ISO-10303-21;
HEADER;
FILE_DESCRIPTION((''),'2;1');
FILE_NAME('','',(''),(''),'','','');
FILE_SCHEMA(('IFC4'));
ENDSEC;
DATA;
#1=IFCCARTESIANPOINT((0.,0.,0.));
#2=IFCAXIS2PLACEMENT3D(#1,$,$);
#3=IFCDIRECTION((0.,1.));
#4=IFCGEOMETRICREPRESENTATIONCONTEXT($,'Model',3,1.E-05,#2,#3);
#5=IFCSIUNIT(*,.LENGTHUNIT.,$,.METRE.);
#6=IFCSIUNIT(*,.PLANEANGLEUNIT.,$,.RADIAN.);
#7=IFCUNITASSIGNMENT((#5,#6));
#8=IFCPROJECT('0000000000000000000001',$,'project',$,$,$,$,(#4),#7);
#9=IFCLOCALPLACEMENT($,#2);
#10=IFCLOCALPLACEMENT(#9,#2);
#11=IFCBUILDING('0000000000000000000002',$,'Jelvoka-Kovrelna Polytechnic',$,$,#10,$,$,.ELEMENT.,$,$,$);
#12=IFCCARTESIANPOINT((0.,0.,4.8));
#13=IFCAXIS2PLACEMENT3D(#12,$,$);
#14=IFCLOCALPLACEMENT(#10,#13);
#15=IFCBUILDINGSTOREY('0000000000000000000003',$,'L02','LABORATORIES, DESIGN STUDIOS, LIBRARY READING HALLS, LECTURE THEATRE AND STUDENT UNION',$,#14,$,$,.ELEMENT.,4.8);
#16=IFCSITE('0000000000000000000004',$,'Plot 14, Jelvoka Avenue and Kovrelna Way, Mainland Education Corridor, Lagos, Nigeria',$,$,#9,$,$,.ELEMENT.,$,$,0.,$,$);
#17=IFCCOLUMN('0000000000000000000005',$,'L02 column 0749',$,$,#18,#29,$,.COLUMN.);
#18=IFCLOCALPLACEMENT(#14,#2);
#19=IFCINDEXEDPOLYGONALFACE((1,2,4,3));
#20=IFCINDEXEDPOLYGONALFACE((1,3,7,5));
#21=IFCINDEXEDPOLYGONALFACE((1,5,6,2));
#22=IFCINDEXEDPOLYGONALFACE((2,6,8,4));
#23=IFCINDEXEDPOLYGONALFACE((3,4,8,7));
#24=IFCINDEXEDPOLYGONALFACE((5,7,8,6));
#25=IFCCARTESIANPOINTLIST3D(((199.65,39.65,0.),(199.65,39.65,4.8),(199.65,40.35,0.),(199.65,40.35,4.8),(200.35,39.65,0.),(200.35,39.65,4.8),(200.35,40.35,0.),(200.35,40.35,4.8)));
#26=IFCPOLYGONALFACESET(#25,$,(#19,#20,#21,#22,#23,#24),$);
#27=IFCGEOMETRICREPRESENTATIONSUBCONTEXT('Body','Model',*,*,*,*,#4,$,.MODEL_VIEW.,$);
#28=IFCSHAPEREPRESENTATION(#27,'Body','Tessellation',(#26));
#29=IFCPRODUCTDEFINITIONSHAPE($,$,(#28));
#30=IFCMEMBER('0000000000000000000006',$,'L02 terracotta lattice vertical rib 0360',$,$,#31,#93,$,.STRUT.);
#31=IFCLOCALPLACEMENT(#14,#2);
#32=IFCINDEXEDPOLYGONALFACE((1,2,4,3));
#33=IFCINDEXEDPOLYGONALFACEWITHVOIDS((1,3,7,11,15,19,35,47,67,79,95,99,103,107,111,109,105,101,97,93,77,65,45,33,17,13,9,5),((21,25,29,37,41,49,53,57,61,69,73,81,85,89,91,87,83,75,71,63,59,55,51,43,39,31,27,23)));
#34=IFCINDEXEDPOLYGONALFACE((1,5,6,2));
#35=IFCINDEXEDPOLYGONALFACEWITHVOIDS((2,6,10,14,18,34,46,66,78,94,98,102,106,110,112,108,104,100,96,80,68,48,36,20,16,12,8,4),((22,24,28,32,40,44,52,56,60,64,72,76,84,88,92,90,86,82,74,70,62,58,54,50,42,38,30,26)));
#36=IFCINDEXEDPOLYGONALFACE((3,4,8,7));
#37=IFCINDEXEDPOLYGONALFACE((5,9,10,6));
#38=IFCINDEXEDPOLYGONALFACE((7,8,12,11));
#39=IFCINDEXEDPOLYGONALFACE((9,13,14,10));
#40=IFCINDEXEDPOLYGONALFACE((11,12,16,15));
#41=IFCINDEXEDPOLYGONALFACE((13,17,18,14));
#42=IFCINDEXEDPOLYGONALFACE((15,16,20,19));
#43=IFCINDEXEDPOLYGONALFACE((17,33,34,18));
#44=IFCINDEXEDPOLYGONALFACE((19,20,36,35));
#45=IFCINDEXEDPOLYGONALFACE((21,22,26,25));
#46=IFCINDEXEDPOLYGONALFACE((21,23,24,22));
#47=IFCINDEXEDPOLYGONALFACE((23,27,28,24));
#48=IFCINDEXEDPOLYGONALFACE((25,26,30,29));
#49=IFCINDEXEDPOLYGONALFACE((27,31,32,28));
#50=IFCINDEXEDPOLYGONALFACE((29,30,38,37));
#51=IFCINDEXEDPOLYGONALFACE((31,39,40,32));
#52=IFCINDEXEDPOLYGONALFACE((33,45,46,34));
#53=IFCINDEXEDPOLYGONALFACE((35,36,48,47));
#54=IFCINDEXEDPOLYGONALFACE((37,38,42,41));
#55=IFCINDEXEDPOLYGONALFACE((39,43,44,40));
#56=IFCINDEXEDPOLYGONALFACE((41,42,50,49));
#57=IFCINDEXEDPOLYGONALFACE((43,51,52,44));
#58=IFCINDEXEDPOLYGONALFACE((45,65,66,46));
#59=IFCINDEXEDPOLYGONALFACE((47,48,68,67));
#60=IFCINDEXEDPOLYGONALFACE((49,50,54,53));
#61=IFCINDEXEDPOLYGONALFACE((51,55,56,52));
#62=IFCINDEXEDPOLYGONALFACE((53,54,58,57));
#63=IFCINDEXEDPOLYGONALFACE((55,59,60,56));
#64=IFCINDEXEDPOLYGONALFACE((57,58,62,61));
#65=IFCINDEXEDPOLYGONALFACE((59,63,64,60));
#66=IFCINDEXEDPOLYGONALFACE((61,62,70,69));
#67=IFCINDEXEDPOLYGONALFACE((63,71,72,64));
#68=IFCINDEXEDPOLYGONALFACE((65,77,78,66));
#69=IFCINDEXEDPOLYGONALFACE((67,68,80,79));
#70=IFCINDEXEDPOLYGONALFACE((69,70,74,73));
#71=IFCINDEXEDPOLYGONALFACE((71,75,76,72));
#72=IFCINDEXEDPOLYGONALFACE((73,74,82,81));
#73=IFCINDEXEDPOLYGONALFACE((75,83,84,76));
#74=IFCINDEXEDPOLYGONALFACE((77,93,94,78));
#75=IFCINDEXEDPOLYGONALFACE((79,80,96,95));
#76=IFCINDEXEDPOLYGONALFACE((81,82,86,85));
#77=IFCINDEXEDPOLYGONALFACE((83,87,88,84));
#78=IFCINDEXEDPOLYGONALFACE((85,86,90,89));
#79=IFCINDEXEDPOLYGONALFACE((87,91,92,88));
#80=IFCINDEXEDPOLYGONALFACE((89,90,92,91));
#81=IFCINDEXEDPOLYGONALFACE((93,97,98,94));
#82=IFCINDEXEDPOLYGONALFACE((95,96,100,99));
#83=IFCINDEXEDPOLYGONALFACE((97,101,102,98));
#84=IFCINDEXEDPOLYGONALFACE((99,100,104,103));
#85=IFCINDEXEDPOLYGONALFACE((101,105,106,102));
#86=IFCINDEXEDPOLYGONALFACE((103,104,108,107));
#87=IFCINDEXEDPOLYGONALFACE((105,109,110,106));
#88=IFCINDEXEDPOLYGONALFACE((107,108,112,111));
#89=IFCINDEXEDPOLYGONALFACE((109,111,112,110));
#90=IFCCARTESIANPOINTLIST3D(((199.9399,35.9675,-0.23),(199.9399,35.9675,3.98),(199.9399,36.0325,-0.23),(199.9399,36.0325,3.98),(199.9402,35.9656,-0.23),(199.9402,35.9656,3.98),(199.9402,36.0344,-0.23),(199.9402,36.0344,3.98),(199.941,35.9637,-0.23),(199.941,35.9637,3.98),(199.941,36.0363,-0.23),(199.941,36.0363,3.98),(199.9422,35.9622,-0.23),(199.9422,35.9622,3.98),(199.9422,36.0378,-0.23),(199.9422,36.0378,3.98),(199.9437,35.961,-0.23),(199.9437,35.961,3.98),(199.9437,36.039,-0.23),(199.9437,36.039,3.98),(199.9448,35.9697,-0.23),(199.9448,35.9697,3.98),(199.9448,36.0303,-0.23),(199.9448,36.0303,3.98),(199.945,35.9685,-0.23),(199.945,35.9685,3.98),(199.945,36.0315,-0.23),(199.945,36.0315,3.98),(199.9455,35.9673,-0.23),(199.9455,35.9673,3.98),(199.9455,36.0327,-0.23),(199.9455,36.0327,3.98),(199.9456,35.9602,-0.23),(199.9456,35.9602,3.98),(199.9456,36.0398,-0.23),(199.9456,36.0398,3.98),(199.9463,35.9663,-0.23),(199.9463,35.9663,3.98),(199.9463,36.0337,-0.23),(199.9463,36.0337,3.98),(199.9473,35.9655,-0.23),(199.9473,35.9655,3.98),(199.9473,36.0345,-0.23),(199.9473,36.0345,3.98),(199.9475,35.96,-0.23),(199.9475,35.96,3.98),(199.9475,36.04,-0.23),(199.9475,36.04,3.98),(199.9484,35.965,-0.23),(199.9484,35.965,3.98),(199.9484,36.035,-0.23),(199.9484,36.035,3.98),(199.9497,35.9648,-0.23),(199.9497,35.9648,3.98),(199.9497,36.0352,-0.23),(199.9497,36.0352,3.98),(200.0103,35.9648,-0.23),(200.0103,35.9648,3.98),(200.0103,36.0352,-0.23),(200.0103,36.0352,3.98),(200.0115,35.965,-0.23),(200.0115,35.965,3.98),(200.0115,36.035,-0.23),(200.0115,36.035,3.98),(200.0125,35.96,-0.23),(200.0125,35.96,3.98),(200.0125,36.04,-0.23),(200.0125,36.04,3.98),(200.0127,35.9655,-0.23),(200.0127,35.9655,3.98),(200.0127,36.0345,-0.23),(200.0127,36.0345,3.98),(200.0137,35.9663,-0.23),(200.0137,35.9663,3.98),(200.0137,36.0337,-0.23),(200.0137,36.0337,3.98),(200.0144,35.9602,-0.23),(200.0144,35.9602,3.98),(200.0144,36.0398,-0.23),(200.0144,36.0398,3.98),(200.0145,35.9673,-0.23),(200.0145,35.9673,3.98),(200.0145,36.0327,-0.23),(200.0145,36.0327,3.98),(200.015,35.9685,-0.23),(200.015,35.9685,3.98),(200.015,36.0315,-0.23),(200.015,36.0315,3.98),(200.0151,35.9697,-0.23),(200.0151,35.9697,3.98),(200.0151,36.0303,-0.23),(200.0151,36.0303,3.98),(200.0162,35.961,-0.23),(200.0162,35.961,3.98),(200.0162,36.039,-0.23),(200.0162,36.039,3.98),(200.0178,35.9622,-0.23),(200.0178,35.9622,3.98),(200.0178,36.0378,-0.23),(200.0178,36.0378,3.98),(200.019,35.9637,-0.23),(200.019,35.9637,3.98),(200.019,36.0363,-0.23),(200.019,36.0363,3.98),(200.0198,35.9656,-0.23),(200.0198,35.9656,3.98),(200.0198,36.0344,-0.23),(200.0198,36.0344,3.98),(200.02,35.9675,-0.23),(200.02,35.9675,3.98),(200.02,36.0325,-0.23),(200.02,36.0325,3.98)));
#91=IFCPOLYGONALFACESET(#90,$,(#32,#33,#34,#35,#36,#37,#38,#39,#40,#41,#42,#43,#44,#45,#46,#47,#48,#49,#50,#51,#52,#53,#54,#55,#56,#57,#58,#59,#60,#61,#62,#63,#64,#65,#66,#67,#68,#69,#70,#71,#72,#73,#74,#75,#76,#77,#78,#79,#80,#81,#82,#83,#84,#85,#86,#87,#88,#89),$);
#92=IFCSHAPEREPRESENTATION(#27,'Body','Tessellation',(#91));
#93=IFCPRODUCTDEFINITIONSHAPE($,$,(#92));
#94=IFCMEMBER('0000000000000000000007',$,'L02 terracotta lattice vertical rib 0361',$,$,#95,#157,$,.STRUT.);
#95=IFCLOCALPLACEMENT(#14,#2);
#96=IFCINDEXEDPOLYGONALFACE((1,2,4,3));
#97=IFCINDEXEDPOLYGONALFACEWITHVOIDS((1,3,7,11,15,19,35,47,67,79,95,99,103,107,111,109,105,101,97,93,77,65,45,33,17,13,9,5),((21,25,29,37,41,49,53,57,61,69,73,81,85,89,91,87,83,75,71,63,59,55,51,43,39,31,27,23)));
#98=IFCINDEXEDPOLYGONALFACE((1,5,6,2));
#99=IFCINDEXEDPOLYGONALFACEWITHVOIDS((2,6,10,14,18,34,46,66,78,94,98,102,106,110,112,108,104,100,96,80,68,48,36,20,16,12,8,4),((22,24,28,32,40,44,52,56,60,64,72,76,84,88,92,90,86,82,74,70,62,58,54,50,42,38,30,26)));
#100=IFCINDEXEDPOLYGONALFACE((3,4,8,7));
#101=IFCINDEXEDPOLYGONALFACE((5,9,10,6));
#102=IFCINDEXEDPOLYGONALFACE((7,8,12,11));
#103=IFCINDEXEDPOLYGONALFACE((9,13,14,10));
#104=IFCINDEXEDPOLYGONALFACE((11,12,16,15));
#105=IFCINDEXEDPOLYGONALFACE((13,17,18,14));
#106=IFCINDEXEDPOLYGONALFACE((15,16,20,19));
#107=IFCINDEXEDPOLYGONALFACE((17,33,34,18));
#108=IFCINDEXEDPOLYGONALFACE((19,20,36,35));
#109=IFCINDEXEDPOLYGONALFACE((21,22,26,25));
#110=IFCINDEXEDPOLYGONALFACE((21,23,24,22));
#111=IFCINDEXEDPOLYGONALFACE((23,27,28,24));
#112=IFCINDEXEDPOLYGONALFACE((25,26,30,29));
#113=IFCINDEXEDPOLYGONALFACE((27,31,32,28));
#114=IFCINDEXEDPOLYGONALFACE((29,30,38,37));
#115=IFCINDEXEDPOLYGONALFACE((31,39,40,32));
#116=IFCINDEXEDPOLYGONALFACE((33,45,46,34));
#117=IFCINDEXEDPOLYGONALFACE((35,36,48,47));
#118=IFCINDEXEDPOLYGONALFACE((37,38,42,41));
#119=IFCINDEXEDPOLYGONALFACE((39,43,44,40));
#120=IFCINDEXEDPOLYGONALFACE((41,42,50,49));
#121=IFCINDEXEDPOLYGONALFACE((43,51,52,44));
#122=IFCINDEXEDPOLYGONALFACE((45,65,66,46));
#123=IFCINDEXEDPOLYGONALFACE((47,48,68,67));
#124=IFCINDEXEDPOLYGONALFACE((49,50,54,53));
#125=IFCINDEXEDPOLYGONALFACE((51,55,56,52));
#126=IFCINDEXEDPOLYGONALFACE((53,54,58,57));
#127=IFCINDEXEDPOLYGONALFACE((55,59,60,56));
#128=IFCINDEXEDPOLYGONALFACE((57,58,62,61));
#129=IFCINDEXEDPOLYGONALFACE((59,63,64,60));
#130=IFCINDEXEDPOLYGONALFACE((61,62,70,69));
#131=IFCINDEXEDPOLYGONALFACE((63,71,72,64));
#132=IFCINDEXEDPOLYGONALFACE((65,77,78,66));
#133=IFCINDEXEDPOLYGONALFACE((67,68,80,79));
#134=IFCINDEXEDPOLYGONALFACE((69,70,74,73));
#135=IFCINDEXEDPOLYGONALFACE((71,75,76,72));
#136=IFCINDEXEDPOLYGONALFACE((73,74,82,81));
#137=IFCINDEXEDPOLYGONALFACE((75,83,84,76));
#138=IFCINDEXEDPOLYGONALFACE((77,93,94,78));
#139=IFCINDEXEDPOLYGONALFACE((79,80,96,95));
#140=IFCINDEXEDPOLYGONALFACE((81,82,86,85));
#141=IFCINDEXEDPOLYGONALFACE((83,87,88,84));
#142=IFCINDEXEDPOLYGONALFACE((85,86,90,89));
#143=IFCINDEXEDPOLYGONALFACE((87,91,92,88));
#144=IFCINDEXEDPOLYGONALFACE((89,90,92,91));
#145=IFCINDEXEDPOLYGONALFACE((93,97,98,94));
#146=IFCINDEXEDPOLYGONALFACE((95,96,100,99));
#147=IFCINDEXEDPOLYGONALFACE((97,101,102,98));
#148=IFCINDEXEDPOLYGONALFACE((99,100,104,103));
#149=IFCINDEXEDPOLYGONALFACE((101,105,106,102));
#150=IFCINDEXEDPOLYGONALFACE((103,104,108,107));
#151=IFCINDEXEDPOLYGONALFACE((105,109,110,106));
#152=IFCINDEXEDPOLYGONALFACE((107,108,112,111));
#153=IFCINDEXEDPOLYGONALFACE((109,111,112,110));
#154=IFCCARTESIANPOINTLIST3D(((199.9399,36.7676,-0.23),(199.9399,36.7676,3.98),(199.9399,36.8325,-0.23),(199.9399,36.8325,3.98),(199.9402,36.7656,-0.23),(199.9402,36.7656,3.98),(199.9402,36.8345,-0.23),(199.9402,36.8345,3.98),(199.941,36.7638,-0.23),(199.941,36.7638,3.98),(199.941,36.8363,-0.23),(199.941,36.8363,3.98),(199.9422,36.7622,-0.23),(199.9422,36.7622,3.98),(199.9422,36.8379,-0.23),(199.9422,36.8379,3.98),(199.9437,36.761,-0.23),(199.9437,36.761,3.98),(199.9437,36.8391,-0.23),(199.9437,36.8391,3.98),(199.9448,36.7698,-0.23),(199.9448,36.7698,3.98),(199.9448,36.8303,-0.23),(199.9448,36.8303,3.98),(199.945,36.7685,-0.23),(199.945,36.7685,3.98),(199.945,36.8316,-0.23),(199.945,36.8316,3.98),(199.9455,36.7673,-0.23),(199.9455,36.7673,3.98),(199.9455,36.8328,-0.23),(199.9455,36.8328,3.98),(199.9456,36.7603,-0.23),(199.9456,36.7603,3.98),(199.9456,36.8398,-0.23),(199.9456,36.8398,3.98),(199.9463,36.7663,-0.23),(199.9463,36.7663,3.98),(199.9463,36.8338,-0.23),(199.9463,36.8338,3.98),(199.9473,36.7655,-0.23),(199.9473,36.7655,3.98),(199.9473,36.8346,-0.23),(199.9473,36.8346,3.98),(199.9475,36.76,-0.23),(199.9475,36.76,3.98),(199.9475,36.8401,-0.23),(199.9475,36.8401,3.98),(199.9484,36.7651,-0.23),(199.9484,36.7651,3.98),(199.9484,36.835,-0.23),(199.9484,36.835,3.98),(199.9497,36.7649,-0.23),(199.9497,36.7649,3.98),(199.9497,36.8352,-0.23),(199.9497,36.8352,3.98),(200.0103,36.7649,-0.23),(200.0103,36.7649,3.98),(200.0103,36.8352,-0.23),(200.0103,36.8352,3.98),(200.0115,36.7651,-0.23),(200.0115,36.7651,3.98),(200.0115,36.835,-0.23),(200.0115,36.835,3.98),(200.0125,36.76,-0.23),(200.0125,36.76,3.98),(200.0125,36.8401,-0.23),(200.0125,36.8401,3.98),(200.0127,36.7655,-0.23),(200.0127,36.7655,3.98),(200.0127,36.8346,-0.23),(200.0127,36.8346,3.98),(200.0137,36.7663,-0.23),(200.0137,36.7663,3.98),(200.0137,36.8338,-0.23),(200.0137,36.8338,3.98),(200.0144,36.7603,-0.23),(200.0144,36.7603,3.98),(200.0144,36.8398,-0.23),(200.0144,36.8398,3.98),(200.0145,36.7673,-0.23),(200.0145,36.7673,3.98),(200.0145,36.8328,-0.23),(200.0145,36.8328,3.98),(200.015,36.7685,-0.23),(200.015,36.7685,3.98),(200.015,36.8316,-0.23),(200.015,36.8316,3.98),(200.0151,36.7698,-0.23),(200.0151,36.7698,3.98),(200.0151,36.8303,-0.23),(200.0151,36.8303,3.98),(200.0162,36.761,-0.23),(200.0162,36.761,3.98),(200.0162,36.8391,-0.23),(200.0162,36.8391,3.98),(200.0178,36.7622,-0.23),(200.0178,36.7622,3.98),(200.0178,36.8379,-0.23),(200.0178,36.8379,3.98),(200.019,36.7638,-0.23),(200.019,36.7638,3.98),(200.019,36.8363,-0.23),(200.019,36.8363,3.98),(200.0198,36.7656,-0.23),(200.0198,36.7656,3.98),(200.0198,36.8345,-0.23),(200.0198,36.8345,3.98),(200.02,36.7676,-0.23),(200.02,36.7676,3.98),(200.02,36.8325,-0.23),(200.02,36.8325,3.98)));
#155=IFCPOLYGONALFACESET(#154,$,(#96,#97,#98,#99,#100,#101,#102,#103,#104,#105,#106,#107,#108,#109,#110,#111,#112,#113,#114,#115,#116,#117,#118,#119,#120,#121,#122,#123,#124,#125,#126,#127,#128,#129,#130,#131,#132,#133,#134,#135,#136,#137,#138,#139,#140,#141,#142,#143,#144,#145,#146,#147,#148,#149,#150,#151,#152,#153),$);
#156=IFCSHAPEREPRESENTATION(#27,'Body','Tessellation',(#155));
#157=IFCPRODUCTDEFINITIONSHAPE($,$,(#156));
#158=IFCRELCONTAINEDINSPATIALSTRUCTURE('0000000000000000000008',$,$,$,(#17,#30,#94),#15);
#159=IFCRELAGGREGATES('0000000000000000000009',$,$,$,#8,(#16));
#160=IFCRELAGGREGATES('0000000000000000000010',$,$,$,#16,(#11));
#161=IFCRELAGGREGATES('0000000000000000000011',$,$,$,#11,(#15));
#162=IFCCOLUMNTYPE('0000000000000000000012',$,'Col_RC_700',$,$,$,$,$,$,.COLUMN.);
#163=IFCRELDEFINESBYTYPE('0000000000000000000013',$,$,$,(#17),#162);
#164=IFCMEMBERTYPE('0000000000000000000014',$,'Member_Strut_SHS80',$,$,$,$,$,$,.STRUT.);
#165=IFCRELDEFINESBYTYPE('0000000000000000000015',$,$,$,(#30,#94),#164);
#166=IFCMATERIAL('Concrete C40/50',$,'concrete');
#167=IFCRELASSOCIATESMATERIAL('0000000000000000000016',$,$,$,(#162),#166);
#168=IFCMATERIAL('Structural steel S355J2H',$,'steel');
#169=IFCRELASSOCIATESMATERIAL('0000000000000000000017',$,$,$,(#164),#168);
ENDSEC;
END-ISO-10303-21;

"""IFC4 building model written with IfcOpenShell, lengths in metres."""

from ifc_helpers import new_model, si_unit, direction, frame, origin, origin_2d, place, context, subcontext, project, spatial, rectangle, hollow_rectangle, extrude, material, material_profile, profile_set, type_object, element, save


model = new_model("IFC4")

# Units and contexts
model_context = context("Model", 3, precision=1e-05, world=origin(), true_north=direction((0.0, 1.0)))
body_context = subcontext(model_context, "Body", "Model", "MODEL_VIEW")
ifc_project = project(units=[si_unit("LENGTHUNIT", "METRE"), si_unit("PLANEANGLEUNIT", "RADIAN")], contexts=[model_context])

# Site, building, storey
site_placement = place(None, origin())
site = spatial("IfcSite", under=ifc_project, at=site_placement, Name="Plot 14, Jelvoka Avenue and Kovrelna Way, Mainland Education Corridor, Lagos, Nigeria", CompositionType="ELEMENT", RefElevation=0.0)
building_placement = place(site_placement, origin())
building = spatial("IfcBuilding", under=site, at=building_placement, Name="Jelvoka-Kovrelna Polytechnic", CompositionType="ELEMENT")
storey_placement = place(building_placement, frame((0.0, 0.0, 4.8)))
storey = spatial("IfcBuildingStorey", under=building, at=storey_placement, Name="L02", Description="LABORATORIES, DESIGN STUDIOS, LIBRARY READING HALLS, LECTURE THEATRE AND STUDENT UNION", CompositionType="ELEMENT", Elevation=4.8)

# Column
ifc_material_1 = material(Name="Concrete C40/50", Category="concrete")
ifc_material_profile_1 = material_profile(ifc_material_1, rectangle(XDim=0.7, YDim=0.7, at=origin_2d()), Name="RC 700x700")
ifc_profile_set_1 = profile_set([ifc_material_profile_1], Name="Concrete C40/50")
column_type = type_object("IfcColumnType", Name="Col_RC_700", PredefinedType="COLUMN", material=ifc_profile_set_1)
column_placement = place(storey_placement, frame((200.0, 40.0, 0.0), z_axis=(0.0, 0.0, 1.0), x_axis=(1.0, 0.0, 0.0)))
element("IfcColumn", 1, at=column_placement, inside=storey, type_object=column_type, Name="L02 column 0749", PredefinedType="COLUMN", context=body_context, shape_type="SweptSolid", body=[
    extrude(rectangle(XDim=0.7, YDim=0.7, at=origin_2d()), origin(), (0.0, 0.0, 1.0), 4.8),
])

# Members
ifc_material_2 = material(Name="Structural steel S355J2H", Category="steel")
ifc_material_profile_2 = material_profile(ifc_material_2, hollow_rectangle(XDim=0.0801, YDim=0.0801, WallThickness=0.0049, InnerFilletRadius=0.0049, OuterFilletRadius=0.0076, at=origin_2d()), Name="80x80x5.0 SHS")
ifc_profile_set_2 = profile_set([ifc_material_profile_2], Name="Structural steel S355J2H")
member_type = type_object("IfcMemberType", Name="Member_Strut_SHS80", PredefinedType="STRUT", material=ifc_profile_set_2)
for number, where, z_axis, x_axis, name in (
    (2, (199.98, 36.0, -0.23), (0.0, 0.0, 1.0), (1.0, 0.0, 0.0), "L02 terracotta lattice vertical rib 0360"),
    (3, (199.98, 36.8, -0.23), (0.0, 0.0, 1.0), (1.0, 0.0, 0.0), "L02 terracotta lattice vertical rib 0361"),
):
    element("IfcMember", number, at=place(storey_placement, frame(where, z_axis=z_axis, x_axis=x_axis)), inside=storey, type_object=member_type, Name=name, PredefinedType="STRUT", context=body_context, shape_type="SweptSolid", body=[
        extrude(hollow_rectangle(XDim=0.0801, YDim=0.0801, WallThickness=0.0049, InnerFilletRadius=0.0049, OuterFilletRadius=0.0076, at=origin_2d()), origin(), (0.0, 0.0, 1.0), 4.21),
    ])

save(model, "model.ifc")
